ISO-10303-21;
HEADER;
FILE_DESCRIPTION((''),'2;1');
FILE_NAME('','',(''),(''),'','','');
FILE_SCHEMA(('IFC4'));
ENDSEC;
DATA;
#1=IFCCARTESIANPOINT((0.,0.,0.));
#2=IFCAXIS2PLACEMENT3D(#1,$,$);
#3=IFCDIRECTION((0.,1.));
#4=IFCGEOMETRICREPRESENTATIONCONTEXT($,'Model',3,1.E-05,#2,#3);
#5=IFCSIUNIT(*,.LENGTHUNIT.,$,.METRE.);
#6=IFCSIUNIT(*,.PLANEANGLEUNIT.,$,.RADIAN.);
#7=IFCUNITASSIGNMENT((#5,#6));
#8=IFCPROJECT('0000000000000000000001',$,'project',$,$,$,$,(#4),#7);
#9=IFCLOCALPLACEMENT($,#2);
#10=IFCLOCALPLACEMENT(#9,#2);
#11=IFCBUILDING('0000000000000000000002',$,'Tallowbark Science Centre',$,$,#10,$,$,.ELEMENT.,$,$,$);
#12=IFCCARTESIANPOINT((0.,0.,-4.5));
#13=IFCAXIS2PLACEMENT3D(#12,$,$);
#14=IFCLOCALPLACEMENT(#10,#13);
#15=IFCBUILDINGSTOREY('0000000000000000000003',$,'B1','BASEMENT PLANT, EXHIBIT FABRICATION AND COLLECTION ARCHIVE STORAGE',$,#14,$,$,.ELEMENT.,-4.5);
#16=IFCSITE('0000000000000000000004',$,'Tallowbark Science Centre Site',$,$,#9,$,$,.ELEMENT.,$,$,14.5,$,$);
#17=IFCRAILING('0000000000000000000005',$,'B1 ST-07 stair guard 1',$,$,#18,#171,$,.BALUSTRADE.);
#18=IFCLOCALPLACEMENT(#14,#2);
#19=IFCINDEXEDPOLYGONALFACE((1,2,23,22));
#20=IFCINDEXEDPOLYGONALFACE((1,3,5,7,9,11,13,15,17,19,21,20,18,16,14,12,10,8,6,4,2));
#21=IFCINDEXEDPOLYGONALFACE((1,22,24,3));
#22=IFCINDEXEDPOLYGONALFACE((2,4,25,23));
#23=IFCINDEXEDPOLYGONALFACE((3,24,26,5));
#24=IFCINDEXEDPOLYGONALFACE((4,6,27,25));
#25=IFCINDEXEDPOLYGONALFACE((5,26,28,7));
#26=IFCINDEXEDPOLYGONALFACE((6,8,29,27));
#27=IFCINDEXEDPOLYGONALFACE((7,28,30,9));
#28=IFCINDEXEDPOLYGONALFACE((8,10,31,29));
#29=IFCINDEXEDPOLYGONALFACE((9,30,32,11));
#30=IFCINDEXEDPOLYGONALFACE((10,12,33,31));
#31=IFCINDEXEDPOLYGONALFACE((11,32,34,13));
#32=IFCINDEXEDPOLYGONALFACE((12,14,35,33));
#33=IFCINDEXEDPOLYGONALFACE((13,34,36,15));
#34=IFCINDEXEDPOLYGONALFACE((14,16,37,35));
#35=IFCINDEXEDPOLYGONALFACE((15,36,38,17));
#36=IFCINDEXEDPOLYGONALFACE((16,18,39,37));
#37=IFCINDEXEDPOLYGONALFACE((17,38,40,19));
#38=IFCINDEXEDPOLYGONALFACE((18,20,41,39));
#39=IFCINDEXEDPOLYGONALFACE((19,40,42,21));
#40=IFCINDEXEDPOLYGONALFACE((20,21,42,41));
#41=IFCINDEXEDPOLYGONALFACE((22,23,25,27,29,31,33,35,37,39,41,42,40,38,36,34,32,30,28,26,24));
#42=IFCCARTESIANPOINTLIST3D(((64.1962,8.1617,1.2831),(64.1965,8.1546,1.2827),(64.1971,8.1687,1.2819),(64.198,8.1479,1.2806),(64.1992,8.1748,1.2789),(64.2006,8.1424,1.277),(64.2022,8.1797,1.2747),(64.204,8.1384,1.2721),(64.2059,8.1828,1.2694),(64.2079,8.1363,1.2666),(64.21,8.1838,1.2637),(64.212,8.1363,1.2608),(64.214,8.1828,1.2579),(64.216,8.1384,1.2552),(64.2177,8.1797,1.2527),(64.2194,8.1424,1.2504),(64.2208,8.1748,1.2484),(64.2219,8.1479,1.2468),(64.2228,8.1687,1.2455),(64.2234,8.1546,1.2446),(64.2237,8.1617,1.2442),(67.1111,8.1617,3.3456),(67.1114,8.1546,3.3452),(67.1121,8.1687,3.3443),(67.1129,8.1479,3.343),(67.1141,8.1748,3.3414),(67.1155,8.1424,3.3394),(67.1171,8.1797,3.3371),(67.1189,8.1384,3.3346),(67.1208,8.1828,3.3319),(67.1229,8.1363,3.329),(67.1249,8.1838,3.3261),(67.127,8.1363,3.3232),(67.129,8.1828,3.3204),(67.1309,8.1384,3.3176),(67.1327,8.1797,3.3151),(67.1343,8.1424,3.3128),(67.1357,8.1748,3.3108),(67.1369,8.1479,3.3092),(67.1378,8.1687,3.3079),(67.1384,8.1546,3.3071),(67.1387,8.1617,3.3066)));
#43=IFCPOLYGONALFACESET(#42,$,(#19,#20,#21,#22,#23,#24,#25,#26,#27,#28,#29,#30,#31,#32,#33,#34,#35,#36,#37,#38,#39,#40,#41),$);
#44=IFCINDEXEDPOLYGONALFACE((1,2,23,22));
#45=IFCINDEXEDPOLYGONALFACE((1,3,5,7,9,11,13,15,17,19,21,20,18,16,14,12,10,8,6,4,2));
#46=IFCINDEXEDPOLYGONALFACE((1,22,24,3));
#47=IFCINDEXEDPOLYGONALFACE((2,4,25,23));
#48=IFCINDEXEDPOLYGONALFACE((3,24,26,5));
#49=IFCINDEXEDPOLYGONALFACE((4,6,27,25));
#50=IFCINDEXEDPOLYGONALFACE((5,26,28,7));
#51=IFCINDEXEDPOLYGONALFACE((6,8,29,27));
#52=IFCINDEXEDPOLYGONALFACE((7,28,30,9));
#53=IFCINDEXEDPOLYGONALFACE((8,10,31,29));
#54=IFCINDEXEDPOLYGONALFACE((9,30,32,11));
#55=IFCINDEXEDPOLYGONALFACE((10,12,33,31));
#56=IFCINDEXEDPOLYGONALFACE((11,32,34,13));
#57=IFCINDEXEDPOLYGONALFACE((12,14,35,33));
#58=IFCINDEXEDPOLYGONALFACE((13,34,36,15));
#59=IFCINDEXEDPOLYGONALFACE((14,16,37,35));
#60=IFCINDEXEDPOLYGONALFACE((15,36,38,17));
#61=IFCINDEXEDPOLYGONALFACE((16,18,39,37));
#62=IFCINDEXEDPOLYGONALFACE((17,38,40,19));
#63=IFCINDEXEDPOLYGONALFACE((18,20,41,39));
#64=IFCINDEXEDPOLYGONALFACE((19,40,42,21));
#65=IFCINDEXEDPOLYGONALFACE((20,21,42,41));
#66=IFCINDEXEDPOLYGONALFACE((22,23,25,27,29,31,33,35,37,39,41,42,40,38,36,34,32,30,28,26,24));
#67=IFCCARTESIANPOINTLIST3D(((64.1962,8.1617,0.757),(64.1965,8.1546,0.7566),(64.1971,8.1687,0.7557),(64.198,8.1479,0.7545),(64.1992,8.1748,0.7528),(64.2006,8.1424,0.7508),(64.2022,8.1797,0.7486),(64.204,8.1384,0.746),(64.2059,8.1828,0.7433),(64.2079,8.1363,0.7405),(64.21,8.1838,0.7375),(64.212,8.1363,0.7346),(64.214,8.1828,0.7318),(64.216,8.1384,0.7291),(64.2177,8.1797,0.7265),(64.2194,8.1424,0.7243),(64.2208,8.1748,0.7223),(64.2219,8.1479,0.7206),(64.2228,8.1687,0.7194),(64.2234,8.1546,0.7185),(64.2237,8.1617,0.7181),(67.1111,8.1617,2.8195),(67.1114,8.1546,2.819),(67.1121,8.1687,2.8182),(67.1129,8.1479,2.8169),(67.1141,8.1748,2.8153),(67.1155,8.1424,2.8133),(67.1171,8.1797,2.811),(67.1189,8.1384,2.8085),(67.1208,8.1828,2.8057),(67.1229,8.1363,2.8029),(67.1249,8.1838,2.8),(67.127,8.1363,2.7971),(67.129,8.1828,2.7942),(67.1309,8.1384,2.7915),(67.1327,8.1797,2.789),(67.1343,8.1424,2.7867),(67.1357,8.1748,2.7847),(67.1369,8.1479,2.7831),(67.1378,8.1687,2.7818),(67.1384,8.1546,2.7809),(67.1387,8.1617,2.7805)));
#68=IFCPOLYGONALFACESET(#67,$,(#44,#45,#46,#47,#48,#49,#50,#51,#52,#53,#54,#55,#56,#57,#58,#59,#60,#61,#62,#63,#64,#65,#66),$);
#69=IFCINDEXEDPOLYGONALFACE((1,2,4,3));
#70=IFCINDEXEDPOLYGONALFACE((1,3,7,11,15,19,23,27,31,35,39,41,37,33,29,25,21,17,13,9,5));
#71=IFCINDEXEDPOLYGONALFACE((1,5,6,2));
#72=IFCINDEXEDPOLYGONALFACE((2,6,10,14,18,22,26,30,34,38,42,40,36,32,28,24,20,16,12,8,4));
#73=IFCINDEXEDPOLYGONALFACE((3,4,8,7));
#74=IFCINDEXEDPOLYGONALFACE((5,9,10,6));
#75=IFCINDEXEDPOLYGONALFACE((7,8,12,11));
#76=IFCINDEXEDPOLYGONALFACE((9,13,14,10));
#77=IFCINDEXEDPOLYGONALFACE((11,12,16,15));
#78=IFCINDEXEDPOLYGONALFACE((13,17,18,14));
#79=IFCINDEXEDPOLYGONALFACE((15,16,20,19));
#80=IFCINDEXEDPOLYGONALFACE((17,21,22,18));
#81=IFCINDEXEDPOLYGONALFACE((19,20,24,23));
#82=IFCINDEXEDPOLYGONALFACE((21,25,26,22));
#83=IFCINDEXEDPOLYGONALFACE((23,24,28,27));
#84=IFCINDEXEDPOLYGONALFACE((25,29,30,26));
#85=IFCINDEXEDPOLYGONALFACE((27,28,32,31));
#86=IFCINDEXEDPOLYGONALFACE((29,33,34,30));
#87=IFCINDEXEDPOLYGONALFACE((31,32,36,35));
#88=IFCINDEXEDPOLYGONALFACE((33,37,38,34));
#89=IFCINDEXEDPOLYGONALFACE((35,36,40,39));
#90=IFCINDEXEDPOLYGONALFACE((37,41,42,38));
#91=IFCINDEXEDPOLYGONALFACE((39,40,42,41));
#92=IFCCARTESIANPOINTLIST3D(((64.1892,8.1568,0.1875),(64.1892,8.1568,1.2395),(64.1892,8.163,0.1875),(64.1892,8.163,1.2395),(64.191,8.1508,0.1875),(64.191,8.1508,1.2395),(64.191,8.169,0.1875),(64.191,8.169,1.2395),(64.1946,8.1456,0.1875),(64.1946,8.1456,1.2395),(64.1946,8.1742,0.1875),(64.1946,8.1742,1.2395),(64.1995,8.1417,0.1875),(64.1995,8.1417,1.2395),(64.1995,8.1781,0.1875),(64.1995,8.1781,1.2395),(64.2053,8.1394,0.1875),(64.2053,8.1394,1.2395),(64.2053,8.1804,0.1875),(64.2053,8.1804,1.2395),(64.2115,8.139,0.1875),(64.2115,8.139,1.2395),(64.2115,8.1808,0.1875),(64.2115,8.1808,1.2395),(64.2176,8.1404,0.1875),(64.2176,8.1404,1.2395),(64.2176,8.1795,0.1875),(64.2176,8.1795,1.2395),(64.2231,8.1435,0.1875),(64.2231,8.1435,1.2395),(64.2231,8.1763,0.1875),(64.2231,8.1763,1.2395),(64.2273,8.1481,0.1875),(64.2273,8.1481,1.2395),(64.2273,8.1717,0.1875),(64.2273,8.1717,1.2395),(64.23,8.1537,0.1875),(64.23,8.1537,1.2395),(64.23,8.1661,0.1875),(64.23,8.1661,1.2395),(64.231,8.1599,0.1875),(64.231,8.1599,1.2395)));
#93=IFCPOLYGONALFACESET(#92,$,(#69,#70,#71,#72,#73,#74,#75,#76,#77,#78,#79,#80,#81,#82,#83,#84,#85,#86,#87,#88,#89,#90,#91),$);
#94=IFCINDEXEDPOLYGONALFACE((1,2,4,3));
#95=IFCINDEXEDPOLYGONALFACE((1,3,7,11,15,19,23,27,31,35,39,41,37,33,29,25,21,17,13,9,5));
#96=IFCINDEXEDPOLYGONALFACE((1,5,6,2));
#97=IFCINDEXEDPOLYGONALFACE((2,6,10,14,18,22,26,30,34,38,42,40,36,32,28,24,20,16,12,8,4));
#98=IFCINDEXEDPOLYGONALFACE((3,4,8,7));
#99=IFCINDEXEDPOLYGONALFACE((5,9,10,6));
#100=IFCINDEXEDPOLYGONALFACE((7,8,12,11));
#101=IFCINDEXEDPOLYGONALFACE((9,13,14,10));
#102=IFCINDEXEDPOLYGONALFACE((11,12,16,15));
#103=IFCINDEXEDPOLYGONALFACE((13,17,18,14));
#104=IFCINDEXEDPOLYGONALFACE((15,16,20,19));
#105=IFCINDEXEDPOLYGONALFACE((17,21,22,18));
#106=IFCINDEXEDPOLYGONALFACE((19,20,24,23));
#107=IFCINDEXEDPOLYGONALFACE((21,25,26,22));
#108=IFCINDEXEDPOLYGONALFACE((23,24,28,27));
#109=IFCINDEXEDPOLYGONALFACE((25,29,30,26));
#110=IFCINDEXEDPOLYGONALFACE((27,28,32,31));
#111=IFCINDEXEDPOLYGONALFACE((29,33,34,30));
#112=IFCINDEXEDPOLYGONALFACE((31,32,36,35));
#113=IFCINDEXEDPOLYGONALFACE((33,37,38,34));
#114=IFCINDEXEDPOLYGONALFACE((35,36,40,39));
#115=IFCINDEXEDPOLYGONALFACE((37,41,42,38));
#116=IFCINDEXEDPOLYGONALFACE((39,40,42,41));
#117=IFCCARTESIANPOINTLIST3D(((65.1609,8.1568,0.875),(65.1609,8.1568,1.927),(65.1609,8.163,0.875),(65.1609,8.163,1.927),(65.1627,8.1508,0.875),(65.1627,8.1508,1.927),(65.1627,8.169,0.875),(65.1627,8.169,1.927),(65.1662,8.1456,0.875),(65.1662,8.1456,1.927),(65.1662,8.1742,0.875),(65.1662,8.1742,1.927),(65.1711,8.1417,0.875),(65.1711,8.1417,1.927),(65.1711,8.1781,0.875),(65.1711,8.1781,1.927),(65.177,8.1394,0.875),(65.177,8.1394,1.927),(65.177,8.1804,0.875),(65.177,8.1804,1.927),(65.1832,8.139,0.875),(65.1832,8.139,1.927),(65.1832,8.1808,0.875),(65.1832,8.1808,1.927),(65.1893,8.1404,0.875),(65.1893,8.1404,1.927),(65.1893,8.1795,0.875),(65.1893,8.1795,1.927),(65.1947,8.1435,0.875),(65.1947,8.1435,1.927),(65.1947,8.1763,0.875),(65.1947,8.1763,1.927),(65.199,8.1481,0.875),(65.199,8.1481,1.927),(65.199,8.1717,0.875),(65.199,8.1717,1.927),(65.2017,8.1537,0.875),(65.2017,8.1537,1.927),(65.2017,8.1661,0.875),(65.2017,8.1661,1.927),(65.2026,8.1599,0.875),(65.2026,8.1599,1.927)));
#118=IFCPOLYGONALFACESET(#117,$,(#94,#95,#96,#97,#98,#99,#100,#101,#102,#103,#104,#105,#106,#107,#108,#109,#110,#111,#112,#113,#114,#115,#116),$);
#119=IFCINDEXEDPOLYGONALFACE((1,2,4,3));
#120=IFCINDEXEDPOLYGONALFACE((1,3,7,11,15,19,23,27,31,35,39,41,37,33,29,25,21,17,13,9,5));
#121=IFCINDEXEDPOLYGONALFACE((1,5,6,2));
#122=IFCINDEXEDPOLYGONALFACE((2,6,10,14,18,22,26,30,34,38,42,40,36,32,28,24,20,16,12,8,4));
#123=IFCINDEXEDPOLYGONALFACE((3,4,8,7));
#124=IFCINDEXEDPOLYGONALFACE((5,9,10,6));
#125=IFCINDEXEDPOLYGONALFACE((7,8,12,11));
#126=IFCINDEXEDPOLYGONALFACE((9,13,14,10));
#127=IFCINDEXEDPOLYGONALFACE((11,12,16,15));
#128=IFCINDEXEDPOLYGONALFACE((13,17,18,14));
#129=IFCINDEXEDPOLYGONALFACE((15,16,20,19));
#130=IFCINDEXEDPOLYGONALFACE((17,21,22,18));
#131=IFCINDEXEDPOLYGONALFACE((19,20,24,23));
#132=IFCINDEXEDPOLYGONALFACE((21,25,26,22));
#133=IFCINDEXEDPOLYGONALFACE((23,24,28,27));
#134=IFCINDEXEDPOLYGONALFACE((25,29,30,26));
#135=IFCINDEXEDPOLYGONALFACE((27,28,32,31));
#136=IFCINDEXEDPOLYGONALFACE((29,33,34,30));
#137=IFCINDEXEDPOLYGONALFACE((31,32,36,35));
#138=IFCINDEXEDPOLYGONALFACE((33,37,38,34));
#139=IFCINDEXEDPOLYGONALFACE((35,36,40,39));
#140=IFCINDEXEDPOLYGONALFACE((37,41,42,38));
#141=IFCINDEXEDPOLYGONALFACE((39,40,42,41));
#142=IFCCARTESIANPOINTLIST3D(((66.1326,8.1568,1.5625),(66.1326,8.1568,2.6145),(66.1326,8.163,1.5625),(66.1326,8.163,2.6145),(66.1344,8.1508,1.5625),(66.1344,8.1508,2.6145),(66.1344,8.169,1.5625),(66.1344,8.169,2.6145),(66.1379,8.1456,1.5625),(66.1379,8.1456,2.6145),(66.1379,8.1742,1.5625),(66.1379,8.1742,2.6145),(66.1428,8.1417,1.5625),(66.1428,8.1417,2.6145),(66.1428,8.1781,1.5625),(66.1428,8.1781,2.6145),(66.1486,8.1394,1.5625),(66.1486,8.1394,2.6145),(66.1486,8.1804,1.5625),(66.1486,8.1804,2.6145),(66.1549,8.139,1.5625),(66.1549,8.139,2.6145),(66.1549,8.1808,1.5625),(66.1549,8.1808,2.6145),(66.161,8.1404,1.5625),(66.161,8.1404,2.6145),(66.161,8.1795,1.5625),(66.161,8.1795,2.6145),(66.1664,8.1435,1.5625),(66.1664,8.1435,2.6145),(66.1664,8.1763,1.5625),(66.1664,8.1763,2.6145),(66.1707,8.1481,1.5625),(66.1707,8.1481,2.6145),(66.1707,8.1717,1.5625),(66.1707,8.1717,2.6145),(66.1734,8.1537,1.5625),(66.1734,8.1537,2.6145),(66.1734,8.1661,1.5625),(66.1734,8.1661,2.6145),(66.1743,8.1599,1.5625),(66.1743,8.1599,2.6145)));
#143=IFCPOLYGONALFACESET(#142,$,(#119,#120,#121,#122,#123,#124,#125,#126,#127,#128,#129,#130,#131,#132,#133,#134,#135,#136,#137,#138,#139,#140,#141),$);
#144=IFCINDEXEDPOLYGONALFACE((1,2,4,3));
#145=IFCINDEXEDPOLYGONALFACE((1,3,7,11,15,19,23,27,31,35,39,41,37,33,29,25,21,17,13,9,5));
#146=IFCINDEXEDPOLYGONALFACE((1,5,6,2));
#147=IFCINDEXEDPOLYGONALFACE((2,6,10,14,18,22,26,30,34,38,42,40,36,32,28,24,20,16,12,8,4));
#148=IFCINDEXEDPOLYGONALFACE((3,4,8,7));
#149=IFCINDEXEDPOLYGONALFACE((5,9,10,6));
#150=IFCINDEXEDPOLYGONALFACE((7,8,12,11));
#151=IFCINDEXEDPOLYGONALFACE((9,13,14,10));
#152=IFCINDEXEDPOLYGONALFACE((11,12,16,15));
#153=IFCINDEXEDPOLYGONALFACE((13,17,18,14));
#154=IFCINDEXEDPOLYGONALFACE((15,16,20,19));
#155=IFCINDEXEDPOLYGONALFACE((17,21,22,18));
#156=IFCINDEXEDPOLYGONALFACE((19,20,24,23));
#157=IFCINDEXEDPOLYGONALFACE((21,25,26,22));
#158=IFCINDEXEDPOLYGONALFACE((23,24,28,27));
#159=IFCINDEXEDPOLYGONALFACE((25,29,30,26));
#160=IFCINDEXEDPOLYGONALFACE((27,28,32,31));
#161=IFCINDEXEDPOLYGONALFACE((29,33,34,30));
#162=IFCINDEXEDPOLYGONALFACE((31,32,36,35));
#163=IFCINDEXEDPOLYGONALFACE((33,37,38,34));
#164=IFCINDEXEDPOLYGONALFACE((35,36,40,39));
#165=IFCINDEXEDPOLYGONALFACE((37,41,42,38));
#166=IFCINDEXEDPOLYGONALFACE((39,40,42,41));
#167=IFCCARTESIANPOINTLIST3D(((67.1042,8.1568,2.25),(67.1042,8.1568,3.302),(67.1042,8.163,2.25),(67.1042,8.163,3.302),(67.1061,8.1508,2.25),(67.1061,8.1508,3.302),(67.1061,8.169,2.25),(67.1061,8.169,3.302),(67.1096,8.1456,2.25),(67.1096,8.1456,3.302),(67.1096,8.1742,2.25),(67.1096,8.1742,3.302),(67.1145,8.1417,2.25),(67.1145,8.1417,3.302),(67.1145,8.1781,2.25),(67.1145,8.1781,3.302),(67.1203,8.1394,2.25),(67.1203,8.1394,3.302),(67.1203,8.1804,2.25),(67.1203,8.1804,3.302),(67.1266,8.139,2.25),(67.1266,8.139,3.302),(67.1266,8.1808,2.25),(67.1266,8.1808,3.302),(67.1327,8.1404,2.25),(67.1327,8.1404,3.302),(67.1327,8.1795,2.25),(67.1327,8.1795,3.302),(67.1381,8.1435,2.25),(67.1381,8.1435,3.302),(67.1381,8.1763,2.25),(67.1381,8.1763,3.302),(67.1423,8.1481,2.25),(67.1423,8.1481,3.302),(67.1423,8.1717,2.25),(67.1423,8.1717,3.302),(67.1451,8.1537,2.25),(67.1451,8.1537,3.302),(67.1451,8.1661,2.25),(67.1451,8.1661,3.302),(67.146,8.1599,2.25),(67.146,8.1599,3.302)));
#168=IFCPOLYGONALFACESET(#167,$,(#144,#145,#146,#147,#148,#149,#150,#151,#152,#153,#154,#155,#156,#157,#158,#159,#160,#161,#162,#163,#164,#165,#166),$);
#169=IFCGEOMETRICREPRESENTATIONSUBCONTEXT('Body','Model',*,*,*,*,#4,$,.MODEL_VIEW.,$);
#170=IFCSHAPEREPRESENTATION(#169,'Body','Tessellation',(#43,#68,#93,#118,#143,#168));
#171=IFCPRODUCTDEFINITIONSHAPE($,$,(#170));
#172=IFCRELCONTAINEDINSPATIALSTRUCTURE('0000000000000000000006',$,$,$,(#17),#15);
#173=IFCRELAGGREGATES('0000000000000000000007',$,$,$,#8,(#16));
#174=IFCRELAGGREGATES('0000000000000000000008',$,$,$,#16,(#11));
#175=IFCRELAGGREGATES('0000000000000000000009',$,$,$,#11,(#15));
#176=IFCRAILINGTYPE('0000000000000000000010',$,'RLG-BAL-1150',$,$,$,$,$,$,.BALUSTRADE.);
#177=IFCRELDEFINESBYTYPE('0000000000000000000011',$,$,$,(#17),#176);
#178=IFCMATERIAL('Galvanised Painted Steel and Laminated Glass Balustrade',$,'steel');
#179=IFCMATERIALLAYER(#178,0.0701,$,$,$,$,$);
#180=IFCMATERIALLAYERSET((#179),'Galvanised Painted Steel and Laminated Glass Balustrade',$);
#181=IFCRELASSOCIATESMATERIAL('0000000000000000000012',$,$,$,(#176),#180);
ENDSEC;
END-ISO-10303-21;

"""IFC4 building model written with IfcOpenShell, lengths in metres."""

from ifc_helpers import new_model, si_unit, direction, frame, origin, origin_2d, place, context, subcontext, project, spatial, circle, extrude, material, layer, layer_set, type_object, element, save


model = new_model("IFC4")

# Units and contexts
model_context = context("Model", 3, precision=1e-05, world=origin(), true_north=direction((0.0, 1.0)))
body_context = subcontext(model_context, "Body", "Model", "MODEL_VIEW")
ifc_project = project(units=[si_unit("LENGTHUNIT", "METRE"), si_unit("PLANEANGLEUNIT", "RADIAN")], contexts=[model_context])

# Site, building, storey
site_placement = place(None, origin())
site = spatial("IfcSite", under=ifc_project, at=site_placement, Name="Tallowbark Science Centre Site", CompositionType="ELEMENT", RefElevation=14.5)
building_placement = place(site_placement, origin())
building = spatial("IfcBuilding", under=site, at=building_placement, Name="Tallowbark Science Centre", CompositionType="ELEMENT")
storey_placement = place(building_placement, frame((0.0, 0.0, -4.5)))
storey = spatial("IfcBuildingStorey", under=building, at=storey_placement, Name="B1", Description="BASEMENT PLANT, EXHIBIT FABRICATION AND COLLECTION ARCHIVE STORAGE", CompositionType="ELEMENT", Elevation=-4.5)

# Railing
ifc_material_1 = material(Name="Galvanised Painted Steel and Laminated Glass Balustrade", Category="steel")
ifc_layer_1 = layer(ifc_material_1, 0.0701)
ifc_layer_set_1 = layer_set([ifc_layer_1], Name="Galvanised Painted Steel and Laminated Glass Balustrade")
railing_type_1 = type_object("IfcRailingType", Name="RLG-BAL-1150", PredefinedType="BALUSTRADE", material=ifc_layer_set_1)
railing_1_placement = place(storey_placement, frame((64.21, 8.1599, 0.1875)))
element("IfcRailing", 1, at=railing_1_placement, inside=storey, type_object=railing_type_1, Name="B1 ST-07 stair guard 1", PredefinedType="BALUSTRADE", context=body_context, shape_type="SweptSolid", body=[
    extrude(circle(Radius=0.0239, at=origin_2d()), frame((0.0, 0.0, 1.0762), z_axis=(0.816331, 0.0, 0.577585), x_axis=(0.0, 1.0, 0.0)), (0.0, 0.0, 1.0), 3.5708),
    extrude(circle(Radius=0.0239, at=origin_2d()), frame((0.0, 0.0, 0.55), z_axis=(0.816331, 0.0, 0.577585), x_axis=(0.0, 1.0, 0.0)), (0.0, 0.0, 1.0), 3.5708),
    extrude(circle(Radius=0.021, at=origin_2d()), origin(), (0.0, 0.0, 1.0), 1.052),
    extrude(circle(Radius=0.021, at=origin_2d()), frame((0.9717, 0.0, 0.6875)), (0.0, 0.0, 1.0), 1.052),
    extrude(circle(Radius=0.021, at=origin_2d()), frame((1.9434, 0.0, 1.375)), (0.0, 0.0, 1.0), 1.052),
    extrude(circle(Radius=0.021, at=origin_2d()), frame((2.915, 0.0, 2.0625)), (0.0, 0.0, 1.0), 1.052),
])

save(model, "model.ifc")
